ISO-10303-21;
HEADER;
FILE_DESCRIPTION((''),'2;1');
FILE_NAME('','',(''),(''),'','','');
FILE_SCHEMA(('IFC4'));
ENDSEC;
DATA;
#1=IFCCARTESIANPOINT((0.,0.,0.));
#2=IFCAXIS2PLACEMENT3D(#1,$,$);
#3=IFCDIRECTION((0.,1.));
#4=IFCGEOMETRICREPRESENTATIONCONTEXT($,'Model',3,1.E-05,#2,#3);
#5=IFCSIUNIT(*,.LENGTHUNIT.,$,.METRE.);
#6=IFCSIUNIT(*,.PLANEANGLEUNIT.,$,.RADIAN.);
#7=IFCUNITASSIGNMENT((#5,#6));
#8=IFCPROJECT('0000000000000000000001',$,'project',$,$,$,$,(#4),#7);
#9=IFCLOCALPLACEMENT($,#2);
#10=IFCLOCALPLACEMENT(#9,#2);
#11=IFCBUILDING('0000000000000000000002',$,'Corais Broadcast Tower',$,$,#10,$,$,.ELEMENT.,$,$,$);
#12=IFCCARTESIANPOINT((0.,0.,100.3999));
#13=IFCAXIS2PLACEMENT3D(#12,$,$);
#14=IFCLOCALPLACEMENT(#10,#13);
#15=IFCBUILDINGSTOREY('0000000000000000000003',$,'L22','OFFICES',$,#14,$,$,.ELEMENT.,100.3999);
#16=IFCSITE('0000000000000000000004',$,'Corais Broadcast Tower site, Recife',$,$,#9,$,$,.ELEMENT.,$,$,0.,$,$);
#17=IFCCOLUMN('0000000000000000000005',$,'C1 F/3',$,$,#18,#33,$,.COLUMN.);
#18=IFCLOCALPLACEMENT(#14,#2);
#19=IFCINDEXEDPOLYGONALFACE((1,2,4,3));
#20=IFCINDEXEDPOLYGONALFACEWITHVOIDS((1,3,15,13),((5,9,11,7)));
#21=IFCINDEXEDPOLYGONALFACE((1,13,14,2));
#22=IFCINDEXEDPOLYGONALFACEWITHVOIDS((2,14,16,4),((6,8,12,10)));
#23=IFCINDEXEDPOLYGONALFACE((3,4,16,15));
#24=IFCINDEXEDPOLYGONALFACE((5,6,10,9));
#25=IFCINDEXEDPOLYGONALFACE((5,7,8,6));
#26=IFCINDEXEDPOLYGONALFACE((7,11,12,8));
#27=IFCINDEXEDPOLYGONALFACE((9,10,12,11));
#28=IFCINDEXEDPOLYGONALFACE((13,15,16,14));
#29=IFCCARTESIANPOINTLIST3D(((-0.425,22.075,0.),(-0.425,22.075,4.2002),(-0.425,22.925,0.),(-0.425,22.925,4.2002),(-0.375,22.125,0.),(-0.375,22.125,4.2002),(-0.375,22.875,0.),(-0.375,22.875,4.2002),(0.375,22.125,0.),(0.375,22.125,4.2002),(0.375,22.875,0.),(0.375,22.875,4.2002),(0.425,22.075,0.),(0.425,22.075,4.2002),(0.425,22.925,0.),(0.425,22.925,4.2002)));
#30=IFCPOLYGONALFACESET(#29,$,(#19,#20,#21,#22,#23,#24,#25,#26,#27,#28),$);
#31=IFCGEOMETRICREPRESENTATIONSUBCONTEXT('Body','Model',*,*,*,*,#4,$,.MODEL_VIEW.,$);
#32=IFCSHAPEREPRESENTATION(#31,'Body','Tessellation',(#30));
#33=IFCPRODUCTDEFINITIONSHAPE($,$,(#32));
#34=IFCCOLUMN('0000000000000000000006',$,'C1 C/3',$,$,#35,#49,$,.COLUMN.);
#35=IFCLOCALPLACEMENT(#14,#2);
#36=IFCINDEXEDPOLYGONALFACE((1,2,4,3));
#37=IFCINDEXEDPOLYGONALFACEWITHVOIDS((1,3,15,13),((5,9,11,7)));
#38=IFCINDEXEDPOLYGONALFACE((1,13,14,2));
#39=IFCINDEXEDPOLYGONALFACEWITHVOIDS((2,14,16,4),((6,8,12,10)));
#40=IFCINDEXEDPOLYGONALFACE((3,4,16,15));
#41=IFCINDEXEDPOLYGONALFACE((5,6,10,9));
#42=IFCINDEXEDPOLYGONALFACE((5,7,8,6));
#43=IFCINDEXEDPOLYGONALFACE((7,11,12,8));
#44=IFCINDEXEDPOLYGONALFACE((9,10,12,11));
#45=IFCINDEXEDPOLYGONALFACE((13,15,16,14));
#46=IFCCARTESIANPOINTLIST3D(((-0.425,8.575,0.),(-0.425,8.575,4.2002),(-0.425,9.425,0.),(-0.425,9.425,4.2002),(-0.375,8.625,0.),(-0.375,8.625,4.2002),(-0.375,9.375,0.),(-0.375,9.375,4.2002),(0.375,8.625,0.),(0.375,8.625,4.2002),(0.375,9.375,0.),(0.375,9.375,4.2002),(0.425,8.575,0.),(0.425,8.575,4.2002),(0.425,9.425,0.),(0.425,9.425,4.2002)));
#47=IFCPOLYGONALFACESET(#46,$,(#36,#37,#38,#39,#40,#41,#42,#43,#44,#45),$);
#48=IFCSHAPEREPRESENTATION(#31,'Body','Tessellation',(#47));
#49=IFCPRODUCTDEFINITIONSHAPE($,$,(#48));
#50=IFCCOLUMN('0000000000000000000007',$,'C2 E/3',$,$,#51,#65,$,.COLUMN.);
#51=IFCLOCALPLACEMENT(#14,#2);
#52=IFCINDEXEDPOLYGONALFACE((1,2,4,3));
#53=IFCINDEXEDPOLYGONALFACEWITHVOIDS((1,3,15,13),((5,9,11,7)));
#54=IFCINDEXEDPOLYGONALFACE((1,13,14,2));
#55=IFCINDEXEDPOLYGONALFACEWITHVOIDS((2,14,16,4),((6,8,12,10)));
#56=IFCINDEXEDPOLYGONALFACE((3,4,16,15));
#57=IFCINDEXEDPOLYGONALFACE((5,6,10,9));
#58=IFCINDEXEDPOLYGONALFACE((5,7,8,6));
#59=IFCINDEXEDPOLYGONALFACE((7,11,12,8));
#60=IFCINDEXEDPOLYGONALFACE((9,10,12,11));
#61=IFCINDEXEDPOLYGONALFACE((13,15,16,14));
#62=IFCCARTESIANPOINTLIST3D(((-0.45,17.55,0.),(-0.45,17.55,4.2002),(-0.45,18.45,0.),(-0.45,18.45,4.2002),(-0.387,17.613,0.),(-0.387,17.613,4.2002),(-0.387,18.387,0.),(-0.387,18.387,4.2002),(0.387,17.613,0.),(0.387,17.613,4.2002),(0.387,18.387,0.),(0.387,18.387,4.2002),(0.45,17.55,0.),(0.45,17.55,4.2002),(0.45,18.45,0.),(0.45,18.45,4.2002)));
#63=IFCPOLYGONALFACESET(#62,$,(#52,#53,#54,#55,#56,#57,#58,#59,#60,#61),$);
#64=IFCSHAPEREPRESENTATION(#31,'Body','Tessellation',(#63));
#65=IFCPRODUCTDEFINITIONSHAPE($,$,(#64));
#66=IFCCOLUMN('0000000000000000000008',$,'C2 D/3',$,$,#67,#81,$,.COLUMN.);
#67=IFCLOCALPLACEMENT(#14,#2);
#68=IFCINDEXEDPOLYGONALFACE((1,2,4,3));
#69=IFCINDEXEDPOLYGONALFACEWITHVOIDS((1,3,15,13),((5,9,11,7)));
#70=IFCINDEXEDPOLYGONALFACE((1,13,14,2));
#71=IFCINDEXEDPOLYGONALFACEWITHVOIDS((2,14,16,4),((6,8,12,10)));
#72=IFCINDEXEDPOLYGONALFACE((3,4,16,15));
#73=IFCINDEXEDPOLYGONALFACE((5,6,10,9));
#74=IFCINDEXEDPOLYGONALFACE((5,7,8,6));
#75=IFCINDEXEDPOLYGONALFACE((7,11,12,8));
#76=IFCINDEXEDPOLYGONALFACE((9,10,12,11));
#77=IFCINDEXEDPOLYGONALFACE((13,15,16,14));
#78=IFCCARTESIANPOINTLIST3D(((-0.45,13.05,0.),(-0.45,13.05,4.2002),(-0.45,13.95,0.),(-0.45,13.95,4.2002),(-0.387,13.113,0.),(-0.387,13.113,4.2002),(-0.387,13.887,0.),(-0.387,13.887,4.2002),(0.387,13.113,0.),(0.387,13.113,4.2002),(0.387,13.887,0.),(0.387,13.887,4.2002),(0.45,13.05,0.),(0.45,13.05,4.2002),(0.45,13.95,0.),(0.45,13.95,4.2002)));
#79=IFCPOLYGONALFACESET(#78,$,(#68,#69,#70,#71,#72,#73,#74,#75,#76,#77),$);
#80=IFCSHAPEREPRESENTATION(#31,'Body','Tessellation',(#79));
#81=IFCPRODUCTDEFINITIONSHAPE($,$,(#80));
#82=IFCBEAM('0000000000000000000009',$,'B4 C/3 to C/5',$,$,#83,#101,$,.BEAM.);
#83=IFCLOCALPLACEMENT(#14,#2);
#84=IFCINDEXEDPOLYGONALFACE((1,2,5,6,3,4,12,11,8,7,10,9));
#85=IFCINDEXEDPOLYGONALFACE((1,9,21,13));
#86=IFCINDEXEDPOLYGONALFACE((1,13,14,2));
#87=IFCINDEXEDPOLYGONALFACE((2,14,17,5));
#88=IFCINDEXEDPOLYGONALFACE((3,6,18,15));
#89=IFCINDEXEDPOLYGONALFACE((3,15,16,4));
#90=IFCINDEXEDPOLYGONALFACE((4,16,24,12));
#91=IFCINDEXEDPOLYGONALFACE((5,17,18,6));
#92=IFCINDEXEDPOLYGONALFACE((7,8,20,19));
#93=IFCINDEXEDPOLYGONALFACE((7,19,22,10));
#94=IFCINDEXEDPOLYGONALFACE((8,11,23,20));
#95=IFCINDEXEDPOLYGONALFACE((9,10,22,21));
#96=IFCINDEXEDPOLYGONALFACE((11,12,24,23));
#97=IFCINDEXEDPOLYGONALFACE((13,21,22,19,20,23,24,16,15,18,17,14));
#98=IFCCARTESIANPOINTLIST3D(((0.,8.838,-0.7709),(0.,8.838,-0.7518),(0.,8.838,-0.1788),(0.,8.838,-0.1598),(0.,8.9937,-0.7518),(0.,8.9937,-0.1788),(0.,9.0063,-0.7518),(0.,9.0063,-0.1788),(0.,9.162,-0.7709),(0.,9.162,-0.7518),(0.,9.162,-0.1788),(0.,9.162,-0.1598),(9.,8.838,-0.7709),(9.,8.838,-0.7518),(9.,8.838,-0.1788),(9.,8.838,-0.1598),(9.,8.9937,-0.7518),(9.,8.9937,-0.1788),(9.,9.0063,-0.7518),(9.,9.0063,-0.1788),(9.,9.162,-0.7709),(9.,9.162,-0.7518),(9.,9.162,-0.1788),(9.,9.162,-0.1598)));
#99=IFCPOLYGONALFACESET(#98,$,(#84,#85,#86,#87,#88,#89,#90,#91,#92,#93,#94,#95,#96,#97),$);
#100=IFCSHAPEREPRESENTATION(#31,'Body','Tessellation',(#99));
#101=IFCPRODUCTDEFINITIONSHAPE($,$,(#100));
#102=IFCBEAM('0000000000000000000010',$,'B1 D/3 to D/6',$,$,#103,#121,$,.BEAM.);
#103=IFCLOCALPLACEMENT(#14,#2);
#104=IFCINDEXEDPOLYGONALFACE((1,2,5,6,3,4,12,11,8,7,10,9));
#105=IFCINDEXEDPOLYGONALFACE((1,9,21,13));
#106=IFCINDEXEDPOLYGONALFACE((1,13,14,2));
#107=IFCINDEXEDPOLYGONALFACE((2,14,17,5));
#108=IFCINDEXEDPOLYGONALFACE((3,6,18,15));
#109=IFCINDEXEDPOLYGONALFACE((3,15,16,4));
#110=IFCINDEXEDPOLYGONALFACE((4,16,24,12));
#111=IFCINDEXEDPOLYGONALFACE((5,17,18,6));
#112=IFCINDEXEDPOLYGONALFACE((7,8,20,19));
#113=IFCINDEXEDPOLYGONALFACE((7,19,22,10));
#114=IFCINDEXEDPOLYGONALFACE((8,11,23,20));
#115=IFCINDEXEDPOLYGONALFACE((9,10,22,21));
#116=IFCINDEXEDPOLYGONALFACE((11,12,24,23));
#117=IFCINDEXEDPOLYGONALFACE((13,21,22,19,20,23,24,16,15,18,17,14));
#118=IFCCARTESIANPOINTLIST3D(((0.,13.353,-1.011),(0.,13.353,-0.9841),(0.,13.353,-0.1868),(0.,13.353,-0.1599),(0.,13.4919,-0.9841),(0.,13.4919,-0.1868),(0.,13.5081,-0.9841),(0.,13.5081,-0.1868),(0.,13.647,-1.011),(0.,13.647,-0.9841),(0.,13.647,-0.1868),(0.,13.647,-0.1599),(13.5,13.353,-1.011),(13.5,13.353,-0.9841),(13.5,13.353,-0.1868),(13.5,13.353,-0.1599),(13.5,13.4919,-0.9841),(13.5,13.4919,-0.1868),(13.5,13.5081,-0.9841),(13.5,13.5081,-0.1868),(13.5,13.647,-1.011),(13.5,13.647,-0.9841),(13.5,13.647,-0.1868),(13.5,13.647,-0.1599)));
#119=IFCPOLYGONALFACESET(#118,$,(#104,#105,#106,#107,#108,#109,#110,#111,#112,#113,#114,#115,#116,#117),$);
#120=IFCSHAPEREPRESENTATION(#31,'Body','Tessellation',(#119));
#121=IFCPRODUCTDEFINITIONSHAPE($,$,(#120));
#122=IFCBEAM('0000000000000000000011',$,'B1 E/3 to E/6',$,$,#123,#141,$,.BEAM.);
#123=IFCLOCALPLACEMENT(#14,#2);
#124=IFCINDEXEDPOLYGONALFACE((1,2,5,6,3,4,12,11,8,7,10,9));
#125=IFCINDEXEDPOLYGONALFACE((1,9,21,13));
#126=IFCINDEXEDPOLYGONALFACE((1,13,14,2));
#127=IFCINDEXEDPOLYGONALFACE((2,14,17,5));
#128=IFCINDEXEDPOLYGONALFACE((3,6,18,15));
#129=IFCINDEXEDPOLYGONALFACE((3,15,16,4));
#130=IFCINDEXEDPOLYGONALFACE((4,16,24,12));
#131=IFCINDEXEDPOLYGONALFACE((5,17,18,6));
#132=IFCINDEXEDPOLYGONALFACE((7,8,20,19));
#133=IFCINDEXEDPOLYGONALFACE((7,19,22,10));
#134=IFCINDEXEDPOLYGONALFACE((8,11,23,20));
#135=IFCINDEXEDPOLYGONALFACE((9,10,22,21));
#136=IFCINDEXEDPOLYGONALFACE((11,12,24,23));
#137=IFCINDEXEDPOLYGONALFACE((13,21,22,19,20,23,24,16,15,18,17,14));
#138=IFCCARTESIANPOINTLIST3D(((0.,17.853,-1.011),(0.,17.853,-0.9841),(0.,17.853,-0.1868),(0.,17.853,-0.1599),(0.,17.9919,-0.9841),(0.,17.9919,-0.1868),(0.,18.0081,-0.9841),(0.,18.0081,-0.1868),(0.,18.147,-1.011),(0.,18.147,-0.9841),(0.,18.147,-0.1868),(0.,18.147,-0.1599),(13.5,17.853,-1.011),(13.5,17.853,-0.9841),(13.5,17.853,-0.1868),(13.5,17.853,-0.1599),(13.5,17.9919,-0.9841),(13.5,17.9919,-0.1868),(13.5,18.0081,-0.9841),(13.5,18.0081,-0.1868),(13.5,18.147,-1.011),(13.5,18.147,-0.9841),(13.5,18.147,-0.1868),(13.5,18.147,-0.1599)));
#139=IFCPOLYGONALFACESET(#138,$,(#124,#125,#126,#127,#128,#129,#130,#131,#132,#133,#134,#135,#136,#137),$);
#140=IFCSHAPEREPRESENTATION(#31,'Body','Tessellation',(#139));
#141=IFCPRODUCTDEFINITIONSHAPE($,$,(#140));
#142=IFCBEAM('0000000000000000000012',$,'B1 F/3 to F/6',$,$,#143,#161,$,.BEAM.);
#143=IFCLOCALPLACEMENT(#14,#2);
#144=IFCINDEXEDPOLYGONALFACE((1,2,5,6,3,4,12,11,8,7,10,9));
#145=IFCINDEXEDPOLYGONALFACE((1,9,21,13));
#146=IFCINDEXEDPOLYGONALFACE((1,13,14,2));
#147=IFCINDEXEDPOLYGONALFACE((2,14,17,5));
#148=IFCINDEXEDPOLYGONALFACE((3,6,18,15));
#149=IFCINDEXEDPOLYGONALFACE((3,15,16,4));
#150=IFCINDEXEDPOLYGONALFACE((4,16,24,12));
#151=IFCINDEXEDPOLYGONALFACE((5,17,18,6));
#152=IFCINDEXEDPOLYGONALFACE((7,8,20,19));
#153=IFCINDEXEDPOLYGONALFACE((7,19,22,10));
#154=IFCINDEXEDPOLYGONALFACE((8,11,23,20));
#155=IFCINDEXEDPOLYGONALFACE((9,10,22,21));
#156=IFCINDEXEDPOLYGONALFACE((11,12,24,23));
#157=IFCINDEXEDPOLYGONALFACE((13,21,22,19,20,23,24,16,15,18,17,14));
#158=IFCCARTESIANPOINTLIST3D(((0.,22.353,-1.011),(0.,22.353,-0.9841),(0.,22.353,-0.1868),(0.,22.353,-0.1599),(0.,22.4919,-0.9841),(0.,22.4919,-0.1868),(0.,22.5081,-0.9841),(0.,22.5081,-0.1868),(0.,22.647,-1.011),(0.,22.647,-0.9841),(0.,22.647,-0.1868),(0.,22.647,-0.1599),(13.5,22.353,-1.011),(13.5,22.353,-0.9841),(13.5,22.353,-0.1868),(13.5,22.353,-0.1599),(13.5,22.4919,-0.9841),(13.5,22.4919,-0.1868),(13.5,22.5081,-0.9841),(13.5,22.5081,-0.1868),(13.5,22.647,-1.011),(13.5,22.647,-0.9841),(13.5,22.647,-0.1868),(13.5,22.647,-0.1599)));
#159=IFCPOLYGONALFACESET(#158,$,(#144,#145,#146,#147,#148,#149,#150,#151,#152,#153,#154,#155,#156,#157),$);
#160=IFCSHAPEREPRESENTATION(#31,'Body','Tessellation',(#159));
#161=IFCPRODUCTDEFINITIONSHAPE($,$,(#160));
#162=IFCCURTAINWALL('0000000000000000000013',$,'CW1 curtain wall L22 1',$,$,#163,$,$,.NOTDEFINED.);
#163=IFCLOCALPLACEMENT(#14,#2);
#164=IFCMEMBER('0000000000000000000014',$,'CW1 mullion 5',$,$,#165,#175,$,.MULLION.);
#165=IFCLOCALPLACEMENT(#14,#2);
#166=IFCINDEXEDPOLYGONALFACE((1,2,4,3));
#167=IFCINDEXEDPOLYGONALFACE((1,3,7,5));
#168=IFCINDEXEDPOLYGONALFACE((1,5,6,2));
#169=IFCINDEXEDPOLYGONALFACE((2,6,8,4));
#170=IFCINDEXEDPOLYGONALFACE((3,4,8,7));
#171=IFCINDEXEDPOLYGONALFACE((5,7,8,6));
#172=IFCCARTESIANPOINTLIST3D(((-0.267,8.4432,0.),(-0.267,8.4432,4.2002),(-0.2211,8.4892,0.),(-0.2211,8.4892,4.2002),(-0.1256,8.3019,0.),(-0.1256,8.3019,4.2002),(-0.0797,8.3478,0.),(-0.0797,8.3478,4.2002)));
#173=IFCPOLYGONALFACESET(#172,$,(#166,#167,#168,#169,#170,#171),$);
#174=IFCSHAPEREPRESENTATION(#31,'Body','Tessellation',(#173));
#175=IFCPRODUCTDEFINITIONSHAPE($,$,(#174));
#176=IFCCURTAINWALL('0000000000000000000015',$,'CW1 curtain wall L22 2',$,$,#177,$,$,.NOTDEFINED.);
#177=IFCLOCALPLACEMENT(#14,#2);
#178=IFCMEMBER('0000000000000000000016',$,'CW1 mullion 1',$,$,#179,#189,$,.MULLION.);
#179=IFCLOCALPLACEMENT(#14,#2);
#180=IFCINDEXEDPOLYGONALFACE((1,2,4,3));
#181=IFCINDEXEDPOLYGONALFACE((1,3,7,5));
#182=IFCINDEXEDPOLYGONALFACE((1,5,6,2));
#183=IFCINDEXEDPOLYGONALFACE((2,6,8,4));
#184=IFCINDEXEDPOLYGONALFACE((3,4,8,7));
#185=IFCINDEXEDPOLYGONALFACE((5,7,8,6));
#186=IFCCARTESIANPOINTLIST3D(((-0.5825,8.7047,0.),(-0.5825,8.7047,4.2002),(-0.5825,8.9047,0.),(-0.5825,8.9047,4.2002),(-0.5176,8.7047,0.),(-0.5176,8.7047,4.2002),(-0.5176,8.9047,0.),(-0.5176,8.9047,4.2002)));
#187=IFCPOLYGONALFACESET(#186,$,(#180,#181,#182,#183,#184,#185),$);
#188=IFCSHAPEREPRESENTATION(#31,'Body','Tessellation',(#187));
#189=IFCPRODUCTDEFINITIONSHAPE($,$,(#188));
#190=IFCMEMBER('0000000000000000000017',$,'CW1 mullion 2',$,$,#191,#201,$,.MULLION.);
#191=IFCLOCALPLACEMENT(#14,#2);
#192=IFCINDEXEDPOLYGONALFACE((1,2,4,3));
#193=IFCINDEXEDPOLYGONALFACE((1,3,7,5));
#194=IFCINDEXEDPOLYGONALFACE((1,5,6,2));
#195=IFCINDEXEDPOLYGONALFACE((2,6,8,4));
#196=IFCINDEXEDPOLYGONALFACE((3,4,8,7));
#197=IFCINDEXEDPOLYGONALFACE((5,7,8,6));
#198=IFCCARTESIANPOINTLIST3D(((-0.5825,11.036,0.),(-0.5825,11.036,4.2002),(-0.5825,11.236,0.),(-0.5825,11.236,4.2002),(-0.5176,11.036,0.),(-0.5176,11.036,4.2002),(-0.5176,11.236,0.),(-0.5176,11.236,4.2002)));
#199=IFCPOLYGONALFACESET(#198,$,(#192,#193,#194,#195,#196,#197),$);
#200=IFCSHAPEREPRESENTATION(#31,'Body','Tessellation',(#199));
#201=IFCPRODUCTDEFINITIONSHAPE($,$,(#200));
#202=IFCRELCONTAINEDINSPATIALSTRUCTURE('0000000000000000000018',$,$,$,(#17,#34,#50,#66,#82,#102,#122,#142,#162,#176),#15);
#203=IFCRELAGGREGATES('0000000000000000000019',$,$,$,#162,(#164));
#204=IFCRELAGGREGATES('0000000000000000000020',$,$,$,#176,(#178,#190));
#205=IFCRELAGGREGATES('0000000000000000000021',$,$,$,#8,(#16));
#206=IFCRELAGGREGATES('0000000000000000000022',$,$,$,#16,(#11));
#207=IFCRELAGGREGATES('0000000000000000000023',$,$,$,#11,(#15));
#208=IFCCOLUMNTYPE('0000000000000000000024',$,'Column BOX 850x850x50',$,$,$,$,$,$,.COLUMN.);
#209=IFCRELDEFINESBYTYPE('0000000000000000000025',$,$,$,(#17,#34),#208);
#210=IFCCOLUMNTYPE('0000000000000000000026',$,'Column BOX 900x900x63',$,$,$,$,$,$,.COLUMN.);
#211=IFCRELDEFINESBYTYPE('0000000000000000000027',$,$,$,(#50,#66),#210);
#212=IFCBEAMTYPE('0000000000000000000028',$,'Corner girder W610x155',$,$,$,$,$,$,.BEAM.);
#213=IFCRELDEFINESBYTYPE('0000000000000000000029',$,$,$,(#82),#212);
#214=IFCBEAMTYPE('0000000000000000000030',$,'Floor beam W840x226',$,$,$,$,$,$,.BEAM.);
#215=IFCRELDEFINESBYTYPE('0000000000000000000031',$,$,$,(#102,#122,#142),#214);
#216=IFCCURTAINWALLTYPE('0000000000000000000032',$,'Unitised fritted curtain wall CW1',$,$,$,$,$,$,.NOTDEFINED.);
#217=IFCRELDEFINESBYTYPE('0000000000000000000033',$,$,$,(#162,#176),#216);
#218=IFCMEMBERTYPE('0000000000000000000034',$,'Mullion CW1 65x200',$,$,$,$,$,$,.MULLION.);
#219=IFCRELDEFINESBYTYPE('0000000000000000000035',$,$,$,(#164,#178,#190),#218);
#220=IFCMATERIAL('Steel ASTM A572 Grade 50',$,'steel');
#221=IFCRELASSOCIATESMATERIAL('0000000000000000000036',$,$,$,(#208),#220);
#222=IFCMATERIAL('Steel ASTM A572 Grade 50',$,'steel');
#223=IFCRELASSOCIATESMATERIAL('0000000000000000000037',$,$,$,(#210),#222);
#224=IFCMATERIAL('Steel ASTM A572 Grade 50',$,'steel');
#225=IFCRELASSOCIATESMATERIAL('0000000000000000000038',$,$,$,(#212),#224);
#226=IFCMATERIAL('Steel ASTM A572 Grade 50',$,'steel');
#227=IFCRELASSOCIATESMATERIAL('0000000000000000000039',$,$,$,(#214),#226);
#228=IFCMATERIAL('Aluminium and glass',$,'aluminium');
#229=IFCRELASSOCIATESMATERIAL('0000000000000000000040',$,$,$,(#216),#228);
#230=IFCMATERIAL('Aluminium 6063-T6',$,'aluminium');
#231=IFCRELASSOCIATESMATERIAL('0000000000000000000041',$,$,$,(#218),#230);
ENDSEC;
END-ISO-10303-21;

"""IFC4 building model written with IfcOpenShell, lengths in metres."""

from ifc_helpers import new_model, si_unit, direction, frame, origin, origin_2d, place, context, subcontext, project, spatial, rectangle, hollow_rectangle, i_section, extrude, material, material_profile, profile_set, type_object, element, aggregate, save


model = new_model("IFC4")

# Units and contexts
model_context = context("Model", 3, precision=1e-05, world=origin(), true_north=direction((0.0, 1.0)))
body_context = subcontext(model_context, "Body", "Model", "MODEL_VIEW")
ifc_project = project(units=[si_unit("LENGTHUNIT", "METRE"), si_unit("PLANEANGLEUNIT", "RADIAN")], contexts=[model_context])

# Site, building, storey
site_placement = place(None, origin())
site = spatial("IfcSite", under=ifc_project, at=site_placement, Name="Corais Broadcast Tower site, Recife", CompositionType="ELEMENT", RefElevation=0.0)
building_placement = place(site_placement, origin())
building = spatial("IfcBuilding", under=site, at=building_placement, Name="Corais Broadcast Tower", CompositionType="ELEMENT")
storey_placement = place(building_placement, frame((0.0, 0.0, 100.3999)))
storey = spatial("IfcBuildingStorey", under=building, at=storey_placement, Name="L22", Description="OFFICES", CompositionType="ELEMENT", Elevation=100.3999)

# Columns
ifc_material_1 = material(Name="Steel ASTM A572 Grade 50", Category="steel")
ifc_material_profile_1 = material_profile(ifc_material_1, hollow_rectangle(XDim=0.8501, YDim=0.8501, WallThickness=0.05, at=origin_2d()), Name="BOX 850x850x50")
ifc_profile_set_1 = profile_set([ifc_material_profile_1], Name="Steel ASTM A572 Grade 50")
column_type_1 = type_object("IfcColumnType", Name="Column BOX 850x850x50", PredefinedType="COLUMN", material=ifc_profile_set_1)
for number, where, z_axis, x_axis, name in (
    (1, (0.0, 22.5, 0.0), (0.0, 0.0, 1.0), (1.0, 0.0, 0.0), "C1 F/3"),
    (2, (0.0, 9.0, 0.0), (0.0, 0.0, 1.0), (1.0, 0.0, 0.0), "C1 C/3"),
):
    element("IfcColumn", number, at=place(storey_placement, frame(where, z_axis=z_axis, x_axis=x_axis)), inside=storey, type_object=column_type_1, Name=name, PredefinedType="COLUMN", context=body_context, shape_type="SweptSolid", body=[
        extrude(hollow_rectangle(XDim=0.8501, YDim=0.8501, WallThickness=0.05, at=origin_2d()), origin(), (0.0, 0.0, 1.0), 4.2002),
    ])
ifc_material_2 = material(Name="Steel ASTM A572 Grade 50", Category="steel")
ifc_material_profile_2 = material_profile(ifc_material_2, hollow_rectangle(XDim=0.8999, YDim=0.8999, WallThickness=0.063, at=origin_2d()), Name="BOX 900x900x63")
ifc_profile_set_2 = profile_set([ifc_material_profile_2], Name="Steel ASTM A572 Grade 50")
column_type_2 = type_object("IfcColumnType", Name="Column BOX 900x900x63", PredefinedType="COLUMN", material=ifc_profile_set_2)
for number, where, z_axis, x_axis, name in (
    (3, (0.0, 18.0, 0.0), (0.0, 0.0, 1.0), (1.0, 0.0, 0.0), "C2 E/3"),
    (4, (0.0, 13.5, 0.0), (0.0, 0.0, 1.0), (1.0, 0.0, 0.0), "C2 D/3"),
):
    element("IfcColumn", number, at=place(storey_placement, frame(where, z_axis=z_axis, x_axis=x_axis)), inside=storey, type_object=column_type_2, Name=name, PredefinedType="COLUMN", context=body_context, shape_type="SweptSolid", body=[
        extrude(hollow_rectangle(XDim=0.8999, YDim=0.8999, WallThickness=0.063, at=origin_2d()), origin(), (0.0, 0.0, 1.0), 4.2002),
    ])

# Beams
ifc_material_3 = material(Name="Steel ASTM A572 Grade 50", Category="steel")
ifc_material_profile_3 = material_profile(ifc_material_3, i_section(OverallWidth=0.324, OverallDepth=0.6111, WebThickness=0.0127, FlangeThickness=0.019, at=origin_2d()), Name="W610x155")
ifc_profile_set_3 = profile_set([ifc_material_profile_3], Name="Steel ASTM A572 Grade 50")
beam_type_1 = type_object("IfcBeamType", Name="Corner girder W610x155", PredefinedType="BEAM", material=ifc_profile_set_3)
beam_1_placement = place(storey_placement, frame((0.0, 9.0, -0.4653), z_axis=(1.0, 0.0, 0.0), x_axis=(0.0, 1.0, 0.0)))
element("IfcBeam", 5, at=beam_1_placement, inside=storey, type_object=beam_type_1, Name="B4 C/3 to C/5", PredefinedType="BEAM", context=body_context, shape_type="SweptSolid", body=[
    extrude(i_section(OverallWidth=0.324, OverallDepth=0.6111, WebThickness=0.0127, FlangeThickness=0.019, at=origin_2d()), origin(), (0.0, 0.0, 1.0), 9.0),
])
ifc_material_4 = material(Name="Steel ASTM A572 Grade 50", Category="steel")
ifc_material_profile_4 = material_profile(ifc_material_4, i_section(OverallWidth=0.2939, OverallDepth=0.8511, WebThickness=0.0161, FlangeThickness=0.0269, at=origin_2d()), Name="W840x226")
ifc_profile_set_4 = profile_set([ifc_material_profile_4], Name="Steel ASTM A572 Grade 50")
beam_type_2 = type_object("IfcBeamType", Name="Floor beam W840x226", PredefinedType="BEAM", material=ifc_profile_set_4)
for number, where, z_axis, x_axis, name in (
    (6, (0.0, 13.5, -0.5854), (1.0, 0.0, 0.0), (0.0, 1.0, 0.0), "B1 D/3 to D/6"),
    (7, (0.0, 18.0, -0.5854), (1.0, 0.0, 0.0), (0.0, 1.0, 0.0), "B1 E/3 to E/6"),
    (8, (0.0, 22.5, -0.5854), (1.0, 0.0, 0.0), (0.0, 1.0, 0.0), "B1 F/3 to F/6"),
):
    element("IfcBeam", number, at=place(storey_placement, frame(where, z_axis=z_axis, x_axis=x_axis)), inside=storey, type_object=beam_type_2, Name=name, PredefinedType="BEAM", context=body_context, shape_type="SweptSolid", body=[
        extrude(i_section(OverallWidth=0.2939, OverallDepth=0.8511, WebThickness=0.0161, FlangeThickness=0.0269, at=origin_2d()), origin(), (0.0, 0.0, 1.0), 13.5),
    ])

# Curtain wall, member
ifc_material_5 = material(Name="Aluminium and glass", Category="aluminium")
curtain_wall_type = type_object("IfcCurtainWallType", Name="Unitised fritted curtain wall CW1", PredefinedType="NOTDEFINED", material=ifc_material_5)
curtain_wall_1_placement = place(storey_placement, origin())
curtain_wall_1 = element("IfcCurtainWall", 9, at=curtain_wall_1_placement, inside=storey, type_object=curtain_wall_type, Name="CW1 curtain wall L22 1", PredefinedType="NOTDEFINED")
ifc_material_6 = material(Name="Aluminium 6063-T6", Category="aluminium")
ifc_material_profile_5 = material_profile(ifc_material_6, rectangle(XDim=0.0649, YDim=0.2, at=origin_2d()), Name="Mullion CW1 65x200")
ifc_profile_set_5 = profile_set([ifc_material_profile_5], Name="Aluminium 6063-T6")
member_type_1 = type_object("IfcMemberType", Name="Mullion CW1 65x200", PredefinedType="MULLION", material=ifc_profile_set_5)
member_1_placement = place(storey_placement, frame((-0.1733, 8.3955, 0.0), z_axis=(0.0, 0.0, 1.0), x_axis=(-0.707107, -0.707107, 0.0)))
member_1 = element("IfcMember", 10, at=member_1_placement, type_object=member_type_1, Name="CW1 mullion 5", PredefinedType="MULLION", context=body_context, shape_type="SweptSolid", body=[
    extrude(rectangle(XDim=0.0649, YDim=0.2, at=origin_2d()), origin(), (0.0, 0.0, 1.0), 4.2002),
])
aggregate(curtain_wall_1, [member_1])

# Curtain wall, members
curtain_wall_2_placement = place(storey_placement, origin())
curtain_wall_2 = element("IfcCurtainWall", 11, at=curtain_wall_2_placement, inside=storey, type_object=curtain_wall_type, Name="CW1 curtain wall L22 2", PredefinedType="NOTDEFINED")
member_2_placement = place(storey_placement, frame((-0.55, 8.8047, 0.0), z_axis=(0.0, 0.0, 1.0), x_axis=(-1.0, 0.0, 0.0)))
member_2 = element("IfcMember", 12, at=member_2_placement, type_object=member_type_1, Name="CW1 mullion 1", PredefinedType="MULLION", context=body_context, shape_type="SweptSolid", body=[
    extrude(rectangle(XDim=0.0649, YDim=0.2, at=origin_2d()), origin(), (0.0, 0.0, 1.0), 4.2002),
])
member_3_placement = place(storey_placement, frame((-0.55, 11.136, 0.0), z_axis=(0.0, 0.0, 1.0), x_axis=(-1.0, 0.0, 0.0)))
member_3 = element("IfcMember", 13, at=member_3_placement, type_object=member_type_1, Name="CW1 mullion 2", PredefinedType="MULLION", context=body_context, shape_type="SweptSolid", body=[
    extrude(rectangle(XDim=0.0649, YDim=0.2, at=origin_2d()), origin(), (0.0, 0.0, 1.0), 4.2002),
])

aggregate(curtain_wall_2, [member_2, member_3])

save(model, "model.ifc")
